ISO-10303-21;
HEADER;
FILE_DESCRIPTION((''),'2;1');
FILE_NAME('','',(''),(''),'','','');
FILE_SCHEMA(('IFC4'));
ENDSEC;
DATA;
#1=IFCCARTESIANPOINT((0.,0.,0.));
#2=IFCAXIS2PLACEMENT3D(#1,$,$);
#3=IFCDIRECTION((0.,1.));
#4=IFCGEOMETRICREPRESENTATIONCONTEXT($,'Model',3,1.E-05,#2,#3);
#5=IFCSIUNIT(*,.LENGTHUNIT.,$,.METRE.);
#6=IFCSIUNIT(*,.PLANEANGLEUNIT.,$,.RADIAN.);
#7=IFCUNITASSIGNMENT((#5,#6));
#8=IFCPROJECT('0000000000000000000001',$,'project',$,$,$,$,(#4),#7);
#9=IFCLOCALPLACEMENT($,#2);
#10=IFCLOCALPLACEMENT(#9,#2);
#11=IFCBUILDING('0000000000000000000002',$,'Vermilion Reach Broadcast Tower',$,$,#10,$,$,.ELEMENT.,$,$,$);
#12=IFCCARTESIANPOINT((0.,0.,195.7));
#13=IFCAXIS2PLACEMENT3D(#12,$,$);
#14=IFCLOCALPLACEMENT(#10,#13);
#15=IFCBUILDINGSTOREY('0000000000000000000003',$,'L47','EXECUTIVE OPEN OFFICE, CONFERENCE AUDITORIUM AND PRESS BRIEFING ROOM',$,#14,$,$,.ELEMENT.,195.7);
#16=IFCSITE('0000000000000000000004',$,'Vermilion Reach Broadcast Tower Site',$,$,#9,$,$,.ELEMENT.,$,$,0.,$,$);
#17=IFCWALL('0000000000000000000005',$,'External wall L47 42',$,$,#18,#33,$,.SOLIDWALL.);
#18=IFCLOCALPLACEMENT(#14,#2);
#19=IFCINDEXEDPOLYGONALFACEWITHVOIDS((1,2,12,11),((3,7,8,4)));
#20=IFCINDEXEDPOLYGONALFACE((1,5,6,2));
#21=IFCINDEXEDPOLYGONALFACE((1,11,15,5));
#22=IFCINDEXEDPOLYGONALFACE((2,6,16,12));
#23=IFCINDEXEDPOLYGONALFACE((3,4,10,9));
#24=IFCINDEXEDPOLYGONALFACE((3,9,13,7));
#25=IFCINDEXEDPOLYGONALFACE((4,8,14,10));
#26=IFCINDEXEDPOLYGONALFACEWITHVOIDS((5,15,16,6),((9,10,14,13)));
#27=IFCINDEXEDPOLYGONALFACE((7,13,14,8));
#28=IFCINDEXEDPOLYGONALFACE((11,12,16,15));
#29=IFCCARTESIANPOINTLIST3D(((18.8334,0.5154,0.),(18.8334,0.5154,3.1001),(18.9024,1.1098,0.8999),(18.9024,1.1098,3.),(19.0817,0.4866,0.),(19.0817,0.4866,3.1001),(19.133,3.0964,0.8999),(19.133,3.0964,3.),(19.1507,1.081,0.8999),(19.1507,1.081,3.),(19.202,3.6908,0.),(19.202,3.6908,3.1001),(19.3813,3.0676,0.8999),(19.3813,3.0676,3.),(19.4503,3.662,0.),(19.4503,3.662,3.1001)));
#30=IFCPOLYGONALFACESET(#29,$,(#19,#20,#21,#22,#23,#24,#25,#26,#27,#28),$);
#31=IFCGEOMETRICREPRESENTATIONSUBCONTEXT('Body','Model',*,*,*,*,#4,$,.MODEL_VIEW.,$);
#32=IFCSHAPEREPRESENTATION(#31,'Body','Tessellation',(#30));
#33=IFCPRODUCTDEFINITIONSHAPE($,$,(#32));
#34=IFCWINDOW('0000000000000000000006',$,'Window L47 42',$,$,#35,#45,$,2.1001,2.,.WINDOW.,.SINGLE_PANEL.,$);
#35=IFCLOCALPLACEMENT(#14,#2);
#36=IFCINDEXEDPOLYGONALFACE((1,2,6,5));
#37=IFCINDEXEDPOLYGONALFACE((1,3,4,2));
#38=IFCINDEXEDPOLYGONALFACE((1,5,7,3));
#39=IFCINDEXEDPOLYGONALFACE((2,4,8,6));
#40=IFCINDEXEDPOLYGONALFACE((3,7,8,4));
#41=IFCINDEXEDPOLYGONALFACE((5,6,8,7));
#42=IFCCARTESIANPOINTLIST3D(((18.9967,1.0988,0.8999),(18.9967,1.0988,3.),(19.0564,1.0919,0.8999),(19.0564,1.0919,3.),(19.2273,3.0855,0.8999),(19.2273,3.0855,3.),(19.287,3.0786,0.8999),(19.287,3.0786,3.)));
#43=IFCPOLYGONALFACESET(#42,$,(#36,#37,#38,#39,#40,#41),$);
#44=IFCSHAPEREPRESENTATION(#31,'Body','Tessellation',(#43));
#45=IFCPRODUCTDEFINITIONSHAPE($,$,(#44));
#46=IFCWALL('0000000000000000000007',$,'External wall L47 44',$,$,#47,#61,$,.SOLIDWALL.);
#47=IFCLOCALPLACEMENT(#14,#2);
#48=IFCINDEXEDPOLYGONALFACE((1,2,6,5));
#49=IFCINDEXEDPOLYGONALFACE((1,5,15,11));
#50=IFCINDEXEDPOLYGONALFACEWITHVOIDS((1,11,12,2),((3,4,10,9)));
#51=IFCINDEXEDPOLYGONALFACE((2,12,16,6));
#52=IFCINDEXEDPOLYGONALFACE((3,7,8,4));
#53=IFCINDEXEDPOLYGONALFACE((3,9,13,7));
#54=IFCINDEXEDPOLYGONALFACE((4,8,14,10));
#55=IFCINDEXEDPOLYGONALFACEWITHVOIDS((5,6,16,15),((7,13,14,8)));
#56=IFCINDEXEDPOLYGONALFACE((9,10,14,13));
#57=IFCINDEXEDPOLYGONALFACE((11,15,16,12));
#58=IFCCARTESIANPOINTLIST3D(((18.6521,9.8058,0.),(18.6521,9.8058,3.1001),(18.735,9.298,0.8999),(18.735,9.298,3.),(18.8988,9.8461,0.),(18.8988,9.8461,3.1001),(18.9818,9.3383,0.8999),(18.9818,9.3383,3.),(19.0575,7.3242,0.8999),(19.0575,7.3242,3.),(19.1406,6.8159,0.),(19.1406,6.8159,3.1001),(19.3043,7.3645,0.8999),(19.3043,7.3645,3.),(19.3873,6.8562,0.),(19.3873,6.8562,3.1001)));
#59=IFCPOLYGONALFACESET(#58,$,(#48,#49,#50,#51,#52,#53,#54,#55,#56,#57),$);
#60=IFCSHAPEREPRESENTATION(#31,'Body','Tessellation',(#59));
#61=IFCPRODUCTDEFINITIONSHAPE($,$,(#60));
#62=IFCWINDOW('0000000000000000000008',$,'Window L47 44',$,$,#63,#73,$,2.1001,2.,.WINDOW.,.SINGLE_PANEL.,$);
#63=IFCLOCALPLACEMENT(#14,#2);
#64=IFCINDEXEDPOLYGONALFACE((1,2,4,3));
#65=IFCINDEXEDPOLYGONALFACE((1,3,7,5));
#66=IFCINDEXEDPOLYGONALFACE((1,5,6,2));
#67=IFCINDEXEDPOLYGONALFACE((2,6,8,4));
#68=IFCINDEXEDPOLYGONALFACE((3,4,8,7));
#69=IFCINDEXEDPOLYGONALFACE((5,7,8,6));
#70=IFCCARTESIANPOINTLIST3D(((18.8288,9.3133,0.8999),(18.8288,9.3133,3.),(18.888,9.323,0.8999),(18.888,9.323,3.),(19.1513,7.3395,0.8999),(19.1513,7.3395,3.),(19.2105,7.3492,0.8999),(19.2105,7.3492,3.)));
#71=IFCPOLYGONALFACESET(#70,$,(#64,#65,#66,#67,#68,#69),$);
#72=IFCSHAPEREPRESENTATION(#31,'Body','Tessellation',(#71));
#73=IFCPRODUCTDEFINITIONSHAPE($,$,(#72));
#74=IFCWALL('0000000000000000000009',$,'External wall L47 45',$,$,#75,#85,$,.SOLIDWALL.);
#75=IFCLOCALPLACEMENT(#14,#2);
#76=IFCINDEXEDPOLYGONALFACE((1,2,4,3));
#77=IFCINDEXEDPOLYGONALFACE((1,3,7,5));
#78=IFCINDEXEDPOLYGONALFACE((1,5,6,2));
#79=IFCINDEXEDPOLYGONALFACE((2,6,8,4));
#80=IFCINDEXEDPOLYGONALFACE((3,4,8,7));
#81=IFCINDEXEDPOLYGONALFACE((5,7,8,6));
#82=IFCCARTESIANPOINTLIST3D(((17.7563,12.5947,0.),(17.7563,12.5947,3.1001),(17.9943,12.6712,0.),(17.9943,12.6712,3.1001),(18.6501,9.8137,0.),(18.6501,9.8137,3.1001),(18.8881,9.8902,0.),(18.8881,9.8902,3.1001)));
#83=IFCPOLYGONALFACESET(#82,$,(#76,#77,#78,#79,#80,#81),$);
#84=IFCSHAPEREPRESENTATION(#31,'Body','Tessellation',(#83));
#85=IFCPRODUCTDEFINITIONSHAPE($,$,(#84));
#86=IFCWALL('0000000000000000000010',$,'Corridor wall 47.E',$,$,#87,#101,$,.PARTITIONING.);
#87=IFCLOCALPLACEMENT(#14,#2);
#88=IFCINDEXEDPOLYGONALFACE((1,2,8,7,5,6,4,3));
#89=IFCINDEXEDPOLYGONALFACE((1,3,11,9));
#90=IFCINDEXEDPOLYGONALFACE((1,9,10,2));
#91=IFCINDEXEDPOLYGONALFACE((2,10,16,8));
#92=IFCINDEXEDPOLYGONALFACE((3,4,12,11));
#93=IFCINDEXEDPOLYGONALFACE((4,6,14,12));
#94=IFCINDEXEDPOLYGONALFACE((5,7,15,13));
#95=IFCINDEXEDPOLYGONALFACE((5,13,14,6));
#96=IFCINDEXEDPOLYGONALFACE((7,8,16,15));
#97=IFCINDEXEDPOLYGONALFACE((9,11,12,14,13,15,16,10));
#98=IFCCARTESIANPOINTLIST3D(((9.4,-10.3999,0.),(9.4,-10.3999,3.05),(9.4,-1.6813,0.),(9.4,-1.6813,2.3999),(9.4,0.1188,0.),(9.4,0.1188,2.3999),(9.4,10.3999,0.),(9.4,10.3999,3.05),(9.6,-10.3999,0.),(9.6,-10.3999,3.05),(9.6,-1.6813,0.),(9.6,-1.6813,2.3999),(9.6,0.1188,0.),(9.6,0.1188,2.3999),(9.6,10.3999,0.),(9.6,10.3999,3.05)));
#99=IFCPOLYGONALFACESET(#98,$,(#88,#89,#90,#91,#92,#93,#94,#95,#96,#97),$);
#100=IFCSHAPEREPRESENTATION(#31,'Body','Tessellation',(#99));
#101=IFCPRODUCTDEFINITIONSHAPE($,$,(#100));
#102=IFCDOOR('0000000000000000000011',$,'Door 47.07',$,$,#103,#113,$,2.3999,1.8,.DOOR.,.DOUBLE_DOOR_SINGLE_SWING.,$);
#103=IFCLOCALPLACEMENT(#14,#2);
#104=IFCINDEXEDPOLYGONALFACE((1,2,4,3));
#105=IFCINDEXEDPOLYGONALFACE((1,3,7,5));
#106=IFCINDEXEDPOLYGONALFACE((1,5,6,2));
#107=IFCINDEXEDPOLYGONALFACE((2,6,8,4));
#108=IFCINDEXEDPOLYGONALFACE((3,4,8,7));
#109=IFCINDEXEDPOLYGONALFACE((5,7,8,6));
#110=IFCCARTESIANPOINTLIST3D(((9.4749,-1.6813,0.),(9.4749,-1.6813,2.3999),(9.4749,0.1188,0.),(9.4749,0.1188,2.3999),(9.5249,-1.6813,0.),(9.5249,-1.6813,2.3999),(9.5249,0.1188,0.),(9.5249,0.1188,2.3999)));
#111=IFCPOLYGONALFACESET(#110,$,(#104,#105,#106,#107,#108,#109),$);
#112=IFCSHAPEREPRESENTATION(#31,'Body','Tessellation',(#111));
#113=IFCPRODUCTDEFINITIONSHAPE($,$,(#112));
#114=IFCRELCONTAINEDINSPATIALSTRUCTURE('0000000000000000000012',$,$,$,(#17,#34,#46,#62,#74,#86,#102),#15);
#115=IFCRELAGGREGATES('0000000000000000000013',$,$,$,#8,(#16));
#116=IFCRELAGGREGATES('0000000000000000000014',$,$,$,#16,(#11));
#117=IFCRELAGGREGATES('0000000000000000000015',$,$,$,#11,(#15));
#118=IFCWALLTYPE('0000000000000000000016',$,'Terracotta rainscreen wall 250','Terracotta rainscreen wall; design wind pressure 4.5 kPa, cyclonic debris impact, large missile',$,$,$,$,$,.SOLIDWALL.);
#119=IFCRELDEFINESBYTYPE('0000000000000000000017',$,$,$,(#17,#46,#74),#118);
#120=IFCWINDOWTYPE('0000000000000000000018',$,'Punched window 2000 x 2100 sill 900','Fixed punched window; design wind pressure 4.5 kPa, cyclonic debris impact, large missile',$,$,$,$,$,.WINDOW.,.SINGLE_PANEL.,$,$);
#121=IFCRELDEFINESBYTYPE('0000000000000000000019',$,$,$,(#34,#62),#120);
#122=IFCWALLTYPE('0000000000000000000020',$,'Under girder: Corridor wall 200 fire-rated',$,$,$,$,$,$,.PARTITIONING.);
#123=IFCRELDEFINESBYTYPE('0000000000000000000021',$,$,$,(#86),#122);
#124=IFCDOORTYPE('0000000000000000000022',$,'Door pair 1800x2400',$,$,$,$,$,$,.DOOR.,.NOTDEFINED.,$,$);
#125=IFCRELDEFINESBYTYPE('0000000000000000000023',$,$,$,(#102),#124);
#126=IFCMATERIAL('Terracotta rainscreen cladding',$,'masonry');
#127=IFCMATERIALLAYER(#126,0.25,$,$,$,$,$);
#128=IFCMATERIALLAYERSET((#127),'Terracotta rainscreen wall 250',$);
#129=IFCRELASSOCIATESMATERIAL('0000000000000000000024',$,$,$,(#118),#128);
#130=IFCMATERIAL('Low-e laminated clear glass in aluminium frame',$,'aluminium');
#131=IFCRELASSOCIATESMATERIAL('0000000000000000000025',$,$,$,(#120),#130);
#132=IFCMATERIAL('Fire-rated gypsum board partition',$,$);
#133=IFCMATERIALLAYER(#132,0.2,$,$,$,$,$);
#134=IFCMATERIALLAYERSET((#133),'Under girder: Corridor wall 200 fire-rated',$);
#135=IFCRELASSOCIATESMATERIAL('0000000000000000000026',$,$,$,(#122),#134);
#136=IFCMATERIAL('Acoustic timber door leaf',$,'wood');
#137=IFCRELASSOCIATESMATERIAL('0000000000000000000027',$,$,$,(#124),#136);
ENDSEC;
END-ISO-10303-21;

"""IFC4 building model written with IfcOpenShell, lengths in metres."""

from ifc_helpers import new_model, si_unit, direction, frame, frame_2d, origin, place, context, subcontext, project, spatial, rectangle, extrude, material, layer, layer_set, type_object, element, fill, save


model = new_model("IFC4")

# Units and contexts
model_context = context("Model", 3, precision=1e-05, world=origin(), true_north=direction((0.0, 1.0)))
body_context = subcontext(model_context, "Body", "Model", "MODEL_VIEW")
ifc_project = project(units=[si_unit("LENGTHUNIT", "METRE"), si_unit("PLANEANGLEUNIT", "RADIAN")], contexts=[model_context])

# Site, building, storey
site_placement = place(None, origin())
site = spatial("IfcSite", under=ifc_project, at=site_placement, Name="Vermilion Reach Broadcast Tower Site", CompositionType="ELEMENT", RefElevation=0.0)
building_placement = place(site_placement, origin())
building = spatial("IfcBuilding", under=site, at=building_placement, Name="Vermilion Reach Broadcast Tower", CompositionType="ELEMENT")
storey_placement = place(building_placement, frame((0.0, 0.0, 195.7)))
storey = spatial("IfcBuildingStorey", under=building, at=storey_placement, Name="L47", Description="EXECUTIVE OPEN OFFICE, CONFERENCE AUDITORIUM AND PRESS BRIEFING ROOM", CompositionType="ELEMENT", Elevation=195.7)

# Wall, opening, window
ifc_material_1 = material(Name="Terracotta rainscreen cladding", Category="masonry")
ifc_layer_1 = layer(ifc_material_1, 0.25)
ifc_layer_set_1 = layer_set([ifc_layer_1], Name="Terracotta rainscreen wall 250")
wall_type_1 = type_object("IfcWallType", Name="Terracotta rainscreen wall 250", Description="Terracotta rainscreen wall; design wind pressure 4.5 kPa, cyclonic debris impact, large missile", PredefinedType="SOLIDWALL", material=ifc_layer_set_1)
wall_1_placement = place(storey_placement, frame((18.9575, 0.501, 0.0), z_axis=(0.0, 0.0, 1.0), x_axis=(0.115317, 0.993329, 0.0)))
wall_1 = element("IfcWall", 1, at=wall_1_placement, inside=storey, type_object=wall_type_1, Name="External wall L47 42", PredefinedType="SOLIDWALL", context=body_context, shape_type="SweptSolid", body=[
    extrude(rectangle(XDim=3.1968, YDim=0.25, at=frame_2d((1.5984, 0.0))), origin(), (0.0, 0.0, 1.0), 3.1001),
])
opening_1_placement = place(wall_1_placement, frame((0.5984, 0.0, 0.8999)))
opening_1 = element("IfcOpeningElement", 2, at=opening_1_placement, cuts=wall_1, PredefinedType="OPENING", context=body_context, shape_type="SweptSolid", body=[
    extrude(rectangle(XDim=2.0, YDim=2.1001, at=frame_2d((1.0, 1.05))), frame((0.0, 0.135, 0.0), z_axis=(0.0, -1.0, 0.0), x_axis=(1.0, 0.0, 0.0)), (0.0, 0.0, 1.0), 0.27),
])
ifc_material_2 = material(Name="Low-e laminated clear glass in aluminium frame", Category="aluminium")
window_type = type_object("IfcWindowType", Name="Punched window 2000 x 2100 sill 900", Description="Fixed punched window; design wind pressure 4.5 kPa, cyclonic debris impact, large missile", PartitioningType="SINGLE_PANEL", PredefinedType="WINDOW", material=ifc_material_2)
window_1_placement = place(opening_1_placement, origin())
window_1 = element("IfcWindow", 3, at=window_1_placement, inside=storey, type_object=window_type, Name="Window L47 42", OverallHeight=2.1001, OverallWidth=2.0, PartitioningType="SINGLE_PANEL", PredefinedType="WINDOW", context=body_context, shape_type="SweptSolid", body=[
    extrude(rectangle(XDim=2.0, YDim=2.1001, at=frame_2d((1.0, 1.05))), frame((0.0, 0.03, 0.0), z_axis=(0.0, -1.0, 0.0), x_axis=(1.0, 0.0, 0.0)), (0.0, 0.0, 1.0), 0.0601),
])
fill(opening_1, window_1)

# Wall, opening, window
wall_2_placement = place(storey_placement, frame((19.2639, 6.8362, 0.0), z_axis=(0.0, 0.0, 1.0), x_axis=(-0.161249, 0.986914, 0.0)))
wall_2 = element("IfcWall", 4, at=wall_2_placement, inside=storey, type_object=wall_type_1, Name="External wall L47 44", PredefinedType="SOLIDWALL", context=body_context, shape_type="SweptSolid", body=[
    extrude(rectangle(XDim=3.0295, YDim=0.25, at=frame_2d((1.5146, 0.0))), origin(), (0.0, 0.0, 1.0), 3.1001),
])
opening_2_placement = place(wall_2_placement, frame((0.5149, 0.0, 0.8999)))
opening_2 = element("IfcOpeningElement", 5, at=opening_2_placement, cuts=wall_2, PredefinedType="OPENING", context=body_context, shape_type="SweptSolid", body=[
    extrude(rectangle(XDim=2.0, YDim=2.1001, at=frame_2d((1.0, 1.05))), frame((0.0, 0.135, 0.0), z_axis=(0.0, -1.0, 0.0), x_axis=(1.0, 0.0, 0.0)), (0.0, 0.0, 1.0), 0.27),
])
window_2_placement = place(opening_2_placement, origin())
window_2 = element("IfcWindow", 6, at=window_2_placement, inside=storey, type_object=window_type, Name="Window L47 44", OverallHeight=2.1001, OverallWidth=2.0, PartitioningType="SINGLE_PANEL", PredefinedType="WINDOW", context=body_context, shape_type="SweptSolid", body=[
    extrude(rectangle(XDim=2.0, YDim=2.1001, at=frame_2d((1.0, 1.05))), frame((0.0, 0.03, 0.0), z_axis=(0.0, -1.0, 0.0), x_axis=(1.0, 0.0, 0.0)), (0.0, 0.0, 1.0), 0.0601),
])
fill(opening_2, window_2)

# Wall
wall_3_placement = place(storey_placement, frame((18.769, 9.8521, 0.0), z_axis=(0.0, 0.0, 1.0), x_axis=(-0.305979, 0.952038, 0.0)))
element("IfcWall", 7, at=wall_3_placement, inside=storey, type_object=wall_type_1, Name="External wall L47 45", PredefinedType="SOLIDWALL", context=body_context, shape_type="SweptSolid", body=[
    extrude(rectangle(XDim=2.9211, YDim=0.25, at=frame_2d((1.4604, 0.0))), origin(), (0.0, 0.0, 1.0), 3.1001),
])

# Wall, opening, door
ifc_material_3 = material(Name="Fire-rated gypsum board partition")
ifc_layer_2 = layer(ifc_material_3, 0.2)
ifc_layer_set_2 = layer_set([ifc_layer_2], Name="Under girder: Corridor wall 200 fire-rated")
wall_type_2 = type_object("IfcWallType", Name="Under girder: Corridor wall 200 fire-rated", PredefinedType="PARTITIONING", material=ifc_layer_set_2)
wall_4_placement = place(storey_placement, frame((9.5, 10.3999, 0.0), z_axis=(0.0, 0.0, 1.0), x_axis=(0.0, -1.0, 0.0)))
wall_4 = element("IfcWall", 8, at=wall_4_placement, inside=storey, type_object=wall_type_2, Name="Corridor wall 47.E", PredefinedType="PARTITIONING", context=body_context, shape_type="SweptSolid", body=[
    extrude(rectangle(XDim=20.7998, YDim=0.2, at=frame_2d((10.3999, 0.0))), origin(), (0.0, 0.0, 1.0), 3.05),
])
opening_3_placement = place(wall_4_placement, frame((10.2812, 0.0, 0.0)))
opening_3 = element("IfcOpeningElement", 9, at=opening_3_placement, cuts=wall_4, PredefinedType="OPENING", context=body_context, shape_type="SweptSolid", body=[
    extrude(rectangle(XDim=1.8, YDim=2.3999, at=frame_2d((0.8999, 1.2))), frame((0.0, 0.1099, 0.0), z_axis=(0.0, -1.0, 0.0), x_axis=(1.0, 0.0, 0.0)), (0.0, 0.0, 1.0), 0.22),
])
ifc_material_4 = material(Name="Acoustic timber door leaf", Category="wood")
door_type_1 = type_object("IfcDoorType", Name="Door pair 1800x2400", OperationType="NOTDEFINED", PredefinedType="DOOR", material=ifc_material_4)
door_1_placement = place(opening_3_placement, origin())
door_1 = element("IfcDoor", 10, at=door_1_placement, inside=storey, type_object=door_type_1, Name="Door 47.07", OperationType="DOUBLE_DOOR_SINGLE_SWING", OverallHeight=2.3999, OverallWidth=1.8, PredefinedType="DOOR", context=body_context, shape_type="SweptSolid", body=[
    extrude(rectangle(XDim=1.8, YDim=2.3999, at=frame_2d((0.8999, 1.2))), frame((0.0, 0.0249, 0.0), z_axis=(0.0, -1.0, 0.0), x_axis=(1.0, 0.0, 0.0)), (0.0, 0.0, 1.0), 0.05),
])
fill(opening_3, door_1)

save(model, "model.ifc")
